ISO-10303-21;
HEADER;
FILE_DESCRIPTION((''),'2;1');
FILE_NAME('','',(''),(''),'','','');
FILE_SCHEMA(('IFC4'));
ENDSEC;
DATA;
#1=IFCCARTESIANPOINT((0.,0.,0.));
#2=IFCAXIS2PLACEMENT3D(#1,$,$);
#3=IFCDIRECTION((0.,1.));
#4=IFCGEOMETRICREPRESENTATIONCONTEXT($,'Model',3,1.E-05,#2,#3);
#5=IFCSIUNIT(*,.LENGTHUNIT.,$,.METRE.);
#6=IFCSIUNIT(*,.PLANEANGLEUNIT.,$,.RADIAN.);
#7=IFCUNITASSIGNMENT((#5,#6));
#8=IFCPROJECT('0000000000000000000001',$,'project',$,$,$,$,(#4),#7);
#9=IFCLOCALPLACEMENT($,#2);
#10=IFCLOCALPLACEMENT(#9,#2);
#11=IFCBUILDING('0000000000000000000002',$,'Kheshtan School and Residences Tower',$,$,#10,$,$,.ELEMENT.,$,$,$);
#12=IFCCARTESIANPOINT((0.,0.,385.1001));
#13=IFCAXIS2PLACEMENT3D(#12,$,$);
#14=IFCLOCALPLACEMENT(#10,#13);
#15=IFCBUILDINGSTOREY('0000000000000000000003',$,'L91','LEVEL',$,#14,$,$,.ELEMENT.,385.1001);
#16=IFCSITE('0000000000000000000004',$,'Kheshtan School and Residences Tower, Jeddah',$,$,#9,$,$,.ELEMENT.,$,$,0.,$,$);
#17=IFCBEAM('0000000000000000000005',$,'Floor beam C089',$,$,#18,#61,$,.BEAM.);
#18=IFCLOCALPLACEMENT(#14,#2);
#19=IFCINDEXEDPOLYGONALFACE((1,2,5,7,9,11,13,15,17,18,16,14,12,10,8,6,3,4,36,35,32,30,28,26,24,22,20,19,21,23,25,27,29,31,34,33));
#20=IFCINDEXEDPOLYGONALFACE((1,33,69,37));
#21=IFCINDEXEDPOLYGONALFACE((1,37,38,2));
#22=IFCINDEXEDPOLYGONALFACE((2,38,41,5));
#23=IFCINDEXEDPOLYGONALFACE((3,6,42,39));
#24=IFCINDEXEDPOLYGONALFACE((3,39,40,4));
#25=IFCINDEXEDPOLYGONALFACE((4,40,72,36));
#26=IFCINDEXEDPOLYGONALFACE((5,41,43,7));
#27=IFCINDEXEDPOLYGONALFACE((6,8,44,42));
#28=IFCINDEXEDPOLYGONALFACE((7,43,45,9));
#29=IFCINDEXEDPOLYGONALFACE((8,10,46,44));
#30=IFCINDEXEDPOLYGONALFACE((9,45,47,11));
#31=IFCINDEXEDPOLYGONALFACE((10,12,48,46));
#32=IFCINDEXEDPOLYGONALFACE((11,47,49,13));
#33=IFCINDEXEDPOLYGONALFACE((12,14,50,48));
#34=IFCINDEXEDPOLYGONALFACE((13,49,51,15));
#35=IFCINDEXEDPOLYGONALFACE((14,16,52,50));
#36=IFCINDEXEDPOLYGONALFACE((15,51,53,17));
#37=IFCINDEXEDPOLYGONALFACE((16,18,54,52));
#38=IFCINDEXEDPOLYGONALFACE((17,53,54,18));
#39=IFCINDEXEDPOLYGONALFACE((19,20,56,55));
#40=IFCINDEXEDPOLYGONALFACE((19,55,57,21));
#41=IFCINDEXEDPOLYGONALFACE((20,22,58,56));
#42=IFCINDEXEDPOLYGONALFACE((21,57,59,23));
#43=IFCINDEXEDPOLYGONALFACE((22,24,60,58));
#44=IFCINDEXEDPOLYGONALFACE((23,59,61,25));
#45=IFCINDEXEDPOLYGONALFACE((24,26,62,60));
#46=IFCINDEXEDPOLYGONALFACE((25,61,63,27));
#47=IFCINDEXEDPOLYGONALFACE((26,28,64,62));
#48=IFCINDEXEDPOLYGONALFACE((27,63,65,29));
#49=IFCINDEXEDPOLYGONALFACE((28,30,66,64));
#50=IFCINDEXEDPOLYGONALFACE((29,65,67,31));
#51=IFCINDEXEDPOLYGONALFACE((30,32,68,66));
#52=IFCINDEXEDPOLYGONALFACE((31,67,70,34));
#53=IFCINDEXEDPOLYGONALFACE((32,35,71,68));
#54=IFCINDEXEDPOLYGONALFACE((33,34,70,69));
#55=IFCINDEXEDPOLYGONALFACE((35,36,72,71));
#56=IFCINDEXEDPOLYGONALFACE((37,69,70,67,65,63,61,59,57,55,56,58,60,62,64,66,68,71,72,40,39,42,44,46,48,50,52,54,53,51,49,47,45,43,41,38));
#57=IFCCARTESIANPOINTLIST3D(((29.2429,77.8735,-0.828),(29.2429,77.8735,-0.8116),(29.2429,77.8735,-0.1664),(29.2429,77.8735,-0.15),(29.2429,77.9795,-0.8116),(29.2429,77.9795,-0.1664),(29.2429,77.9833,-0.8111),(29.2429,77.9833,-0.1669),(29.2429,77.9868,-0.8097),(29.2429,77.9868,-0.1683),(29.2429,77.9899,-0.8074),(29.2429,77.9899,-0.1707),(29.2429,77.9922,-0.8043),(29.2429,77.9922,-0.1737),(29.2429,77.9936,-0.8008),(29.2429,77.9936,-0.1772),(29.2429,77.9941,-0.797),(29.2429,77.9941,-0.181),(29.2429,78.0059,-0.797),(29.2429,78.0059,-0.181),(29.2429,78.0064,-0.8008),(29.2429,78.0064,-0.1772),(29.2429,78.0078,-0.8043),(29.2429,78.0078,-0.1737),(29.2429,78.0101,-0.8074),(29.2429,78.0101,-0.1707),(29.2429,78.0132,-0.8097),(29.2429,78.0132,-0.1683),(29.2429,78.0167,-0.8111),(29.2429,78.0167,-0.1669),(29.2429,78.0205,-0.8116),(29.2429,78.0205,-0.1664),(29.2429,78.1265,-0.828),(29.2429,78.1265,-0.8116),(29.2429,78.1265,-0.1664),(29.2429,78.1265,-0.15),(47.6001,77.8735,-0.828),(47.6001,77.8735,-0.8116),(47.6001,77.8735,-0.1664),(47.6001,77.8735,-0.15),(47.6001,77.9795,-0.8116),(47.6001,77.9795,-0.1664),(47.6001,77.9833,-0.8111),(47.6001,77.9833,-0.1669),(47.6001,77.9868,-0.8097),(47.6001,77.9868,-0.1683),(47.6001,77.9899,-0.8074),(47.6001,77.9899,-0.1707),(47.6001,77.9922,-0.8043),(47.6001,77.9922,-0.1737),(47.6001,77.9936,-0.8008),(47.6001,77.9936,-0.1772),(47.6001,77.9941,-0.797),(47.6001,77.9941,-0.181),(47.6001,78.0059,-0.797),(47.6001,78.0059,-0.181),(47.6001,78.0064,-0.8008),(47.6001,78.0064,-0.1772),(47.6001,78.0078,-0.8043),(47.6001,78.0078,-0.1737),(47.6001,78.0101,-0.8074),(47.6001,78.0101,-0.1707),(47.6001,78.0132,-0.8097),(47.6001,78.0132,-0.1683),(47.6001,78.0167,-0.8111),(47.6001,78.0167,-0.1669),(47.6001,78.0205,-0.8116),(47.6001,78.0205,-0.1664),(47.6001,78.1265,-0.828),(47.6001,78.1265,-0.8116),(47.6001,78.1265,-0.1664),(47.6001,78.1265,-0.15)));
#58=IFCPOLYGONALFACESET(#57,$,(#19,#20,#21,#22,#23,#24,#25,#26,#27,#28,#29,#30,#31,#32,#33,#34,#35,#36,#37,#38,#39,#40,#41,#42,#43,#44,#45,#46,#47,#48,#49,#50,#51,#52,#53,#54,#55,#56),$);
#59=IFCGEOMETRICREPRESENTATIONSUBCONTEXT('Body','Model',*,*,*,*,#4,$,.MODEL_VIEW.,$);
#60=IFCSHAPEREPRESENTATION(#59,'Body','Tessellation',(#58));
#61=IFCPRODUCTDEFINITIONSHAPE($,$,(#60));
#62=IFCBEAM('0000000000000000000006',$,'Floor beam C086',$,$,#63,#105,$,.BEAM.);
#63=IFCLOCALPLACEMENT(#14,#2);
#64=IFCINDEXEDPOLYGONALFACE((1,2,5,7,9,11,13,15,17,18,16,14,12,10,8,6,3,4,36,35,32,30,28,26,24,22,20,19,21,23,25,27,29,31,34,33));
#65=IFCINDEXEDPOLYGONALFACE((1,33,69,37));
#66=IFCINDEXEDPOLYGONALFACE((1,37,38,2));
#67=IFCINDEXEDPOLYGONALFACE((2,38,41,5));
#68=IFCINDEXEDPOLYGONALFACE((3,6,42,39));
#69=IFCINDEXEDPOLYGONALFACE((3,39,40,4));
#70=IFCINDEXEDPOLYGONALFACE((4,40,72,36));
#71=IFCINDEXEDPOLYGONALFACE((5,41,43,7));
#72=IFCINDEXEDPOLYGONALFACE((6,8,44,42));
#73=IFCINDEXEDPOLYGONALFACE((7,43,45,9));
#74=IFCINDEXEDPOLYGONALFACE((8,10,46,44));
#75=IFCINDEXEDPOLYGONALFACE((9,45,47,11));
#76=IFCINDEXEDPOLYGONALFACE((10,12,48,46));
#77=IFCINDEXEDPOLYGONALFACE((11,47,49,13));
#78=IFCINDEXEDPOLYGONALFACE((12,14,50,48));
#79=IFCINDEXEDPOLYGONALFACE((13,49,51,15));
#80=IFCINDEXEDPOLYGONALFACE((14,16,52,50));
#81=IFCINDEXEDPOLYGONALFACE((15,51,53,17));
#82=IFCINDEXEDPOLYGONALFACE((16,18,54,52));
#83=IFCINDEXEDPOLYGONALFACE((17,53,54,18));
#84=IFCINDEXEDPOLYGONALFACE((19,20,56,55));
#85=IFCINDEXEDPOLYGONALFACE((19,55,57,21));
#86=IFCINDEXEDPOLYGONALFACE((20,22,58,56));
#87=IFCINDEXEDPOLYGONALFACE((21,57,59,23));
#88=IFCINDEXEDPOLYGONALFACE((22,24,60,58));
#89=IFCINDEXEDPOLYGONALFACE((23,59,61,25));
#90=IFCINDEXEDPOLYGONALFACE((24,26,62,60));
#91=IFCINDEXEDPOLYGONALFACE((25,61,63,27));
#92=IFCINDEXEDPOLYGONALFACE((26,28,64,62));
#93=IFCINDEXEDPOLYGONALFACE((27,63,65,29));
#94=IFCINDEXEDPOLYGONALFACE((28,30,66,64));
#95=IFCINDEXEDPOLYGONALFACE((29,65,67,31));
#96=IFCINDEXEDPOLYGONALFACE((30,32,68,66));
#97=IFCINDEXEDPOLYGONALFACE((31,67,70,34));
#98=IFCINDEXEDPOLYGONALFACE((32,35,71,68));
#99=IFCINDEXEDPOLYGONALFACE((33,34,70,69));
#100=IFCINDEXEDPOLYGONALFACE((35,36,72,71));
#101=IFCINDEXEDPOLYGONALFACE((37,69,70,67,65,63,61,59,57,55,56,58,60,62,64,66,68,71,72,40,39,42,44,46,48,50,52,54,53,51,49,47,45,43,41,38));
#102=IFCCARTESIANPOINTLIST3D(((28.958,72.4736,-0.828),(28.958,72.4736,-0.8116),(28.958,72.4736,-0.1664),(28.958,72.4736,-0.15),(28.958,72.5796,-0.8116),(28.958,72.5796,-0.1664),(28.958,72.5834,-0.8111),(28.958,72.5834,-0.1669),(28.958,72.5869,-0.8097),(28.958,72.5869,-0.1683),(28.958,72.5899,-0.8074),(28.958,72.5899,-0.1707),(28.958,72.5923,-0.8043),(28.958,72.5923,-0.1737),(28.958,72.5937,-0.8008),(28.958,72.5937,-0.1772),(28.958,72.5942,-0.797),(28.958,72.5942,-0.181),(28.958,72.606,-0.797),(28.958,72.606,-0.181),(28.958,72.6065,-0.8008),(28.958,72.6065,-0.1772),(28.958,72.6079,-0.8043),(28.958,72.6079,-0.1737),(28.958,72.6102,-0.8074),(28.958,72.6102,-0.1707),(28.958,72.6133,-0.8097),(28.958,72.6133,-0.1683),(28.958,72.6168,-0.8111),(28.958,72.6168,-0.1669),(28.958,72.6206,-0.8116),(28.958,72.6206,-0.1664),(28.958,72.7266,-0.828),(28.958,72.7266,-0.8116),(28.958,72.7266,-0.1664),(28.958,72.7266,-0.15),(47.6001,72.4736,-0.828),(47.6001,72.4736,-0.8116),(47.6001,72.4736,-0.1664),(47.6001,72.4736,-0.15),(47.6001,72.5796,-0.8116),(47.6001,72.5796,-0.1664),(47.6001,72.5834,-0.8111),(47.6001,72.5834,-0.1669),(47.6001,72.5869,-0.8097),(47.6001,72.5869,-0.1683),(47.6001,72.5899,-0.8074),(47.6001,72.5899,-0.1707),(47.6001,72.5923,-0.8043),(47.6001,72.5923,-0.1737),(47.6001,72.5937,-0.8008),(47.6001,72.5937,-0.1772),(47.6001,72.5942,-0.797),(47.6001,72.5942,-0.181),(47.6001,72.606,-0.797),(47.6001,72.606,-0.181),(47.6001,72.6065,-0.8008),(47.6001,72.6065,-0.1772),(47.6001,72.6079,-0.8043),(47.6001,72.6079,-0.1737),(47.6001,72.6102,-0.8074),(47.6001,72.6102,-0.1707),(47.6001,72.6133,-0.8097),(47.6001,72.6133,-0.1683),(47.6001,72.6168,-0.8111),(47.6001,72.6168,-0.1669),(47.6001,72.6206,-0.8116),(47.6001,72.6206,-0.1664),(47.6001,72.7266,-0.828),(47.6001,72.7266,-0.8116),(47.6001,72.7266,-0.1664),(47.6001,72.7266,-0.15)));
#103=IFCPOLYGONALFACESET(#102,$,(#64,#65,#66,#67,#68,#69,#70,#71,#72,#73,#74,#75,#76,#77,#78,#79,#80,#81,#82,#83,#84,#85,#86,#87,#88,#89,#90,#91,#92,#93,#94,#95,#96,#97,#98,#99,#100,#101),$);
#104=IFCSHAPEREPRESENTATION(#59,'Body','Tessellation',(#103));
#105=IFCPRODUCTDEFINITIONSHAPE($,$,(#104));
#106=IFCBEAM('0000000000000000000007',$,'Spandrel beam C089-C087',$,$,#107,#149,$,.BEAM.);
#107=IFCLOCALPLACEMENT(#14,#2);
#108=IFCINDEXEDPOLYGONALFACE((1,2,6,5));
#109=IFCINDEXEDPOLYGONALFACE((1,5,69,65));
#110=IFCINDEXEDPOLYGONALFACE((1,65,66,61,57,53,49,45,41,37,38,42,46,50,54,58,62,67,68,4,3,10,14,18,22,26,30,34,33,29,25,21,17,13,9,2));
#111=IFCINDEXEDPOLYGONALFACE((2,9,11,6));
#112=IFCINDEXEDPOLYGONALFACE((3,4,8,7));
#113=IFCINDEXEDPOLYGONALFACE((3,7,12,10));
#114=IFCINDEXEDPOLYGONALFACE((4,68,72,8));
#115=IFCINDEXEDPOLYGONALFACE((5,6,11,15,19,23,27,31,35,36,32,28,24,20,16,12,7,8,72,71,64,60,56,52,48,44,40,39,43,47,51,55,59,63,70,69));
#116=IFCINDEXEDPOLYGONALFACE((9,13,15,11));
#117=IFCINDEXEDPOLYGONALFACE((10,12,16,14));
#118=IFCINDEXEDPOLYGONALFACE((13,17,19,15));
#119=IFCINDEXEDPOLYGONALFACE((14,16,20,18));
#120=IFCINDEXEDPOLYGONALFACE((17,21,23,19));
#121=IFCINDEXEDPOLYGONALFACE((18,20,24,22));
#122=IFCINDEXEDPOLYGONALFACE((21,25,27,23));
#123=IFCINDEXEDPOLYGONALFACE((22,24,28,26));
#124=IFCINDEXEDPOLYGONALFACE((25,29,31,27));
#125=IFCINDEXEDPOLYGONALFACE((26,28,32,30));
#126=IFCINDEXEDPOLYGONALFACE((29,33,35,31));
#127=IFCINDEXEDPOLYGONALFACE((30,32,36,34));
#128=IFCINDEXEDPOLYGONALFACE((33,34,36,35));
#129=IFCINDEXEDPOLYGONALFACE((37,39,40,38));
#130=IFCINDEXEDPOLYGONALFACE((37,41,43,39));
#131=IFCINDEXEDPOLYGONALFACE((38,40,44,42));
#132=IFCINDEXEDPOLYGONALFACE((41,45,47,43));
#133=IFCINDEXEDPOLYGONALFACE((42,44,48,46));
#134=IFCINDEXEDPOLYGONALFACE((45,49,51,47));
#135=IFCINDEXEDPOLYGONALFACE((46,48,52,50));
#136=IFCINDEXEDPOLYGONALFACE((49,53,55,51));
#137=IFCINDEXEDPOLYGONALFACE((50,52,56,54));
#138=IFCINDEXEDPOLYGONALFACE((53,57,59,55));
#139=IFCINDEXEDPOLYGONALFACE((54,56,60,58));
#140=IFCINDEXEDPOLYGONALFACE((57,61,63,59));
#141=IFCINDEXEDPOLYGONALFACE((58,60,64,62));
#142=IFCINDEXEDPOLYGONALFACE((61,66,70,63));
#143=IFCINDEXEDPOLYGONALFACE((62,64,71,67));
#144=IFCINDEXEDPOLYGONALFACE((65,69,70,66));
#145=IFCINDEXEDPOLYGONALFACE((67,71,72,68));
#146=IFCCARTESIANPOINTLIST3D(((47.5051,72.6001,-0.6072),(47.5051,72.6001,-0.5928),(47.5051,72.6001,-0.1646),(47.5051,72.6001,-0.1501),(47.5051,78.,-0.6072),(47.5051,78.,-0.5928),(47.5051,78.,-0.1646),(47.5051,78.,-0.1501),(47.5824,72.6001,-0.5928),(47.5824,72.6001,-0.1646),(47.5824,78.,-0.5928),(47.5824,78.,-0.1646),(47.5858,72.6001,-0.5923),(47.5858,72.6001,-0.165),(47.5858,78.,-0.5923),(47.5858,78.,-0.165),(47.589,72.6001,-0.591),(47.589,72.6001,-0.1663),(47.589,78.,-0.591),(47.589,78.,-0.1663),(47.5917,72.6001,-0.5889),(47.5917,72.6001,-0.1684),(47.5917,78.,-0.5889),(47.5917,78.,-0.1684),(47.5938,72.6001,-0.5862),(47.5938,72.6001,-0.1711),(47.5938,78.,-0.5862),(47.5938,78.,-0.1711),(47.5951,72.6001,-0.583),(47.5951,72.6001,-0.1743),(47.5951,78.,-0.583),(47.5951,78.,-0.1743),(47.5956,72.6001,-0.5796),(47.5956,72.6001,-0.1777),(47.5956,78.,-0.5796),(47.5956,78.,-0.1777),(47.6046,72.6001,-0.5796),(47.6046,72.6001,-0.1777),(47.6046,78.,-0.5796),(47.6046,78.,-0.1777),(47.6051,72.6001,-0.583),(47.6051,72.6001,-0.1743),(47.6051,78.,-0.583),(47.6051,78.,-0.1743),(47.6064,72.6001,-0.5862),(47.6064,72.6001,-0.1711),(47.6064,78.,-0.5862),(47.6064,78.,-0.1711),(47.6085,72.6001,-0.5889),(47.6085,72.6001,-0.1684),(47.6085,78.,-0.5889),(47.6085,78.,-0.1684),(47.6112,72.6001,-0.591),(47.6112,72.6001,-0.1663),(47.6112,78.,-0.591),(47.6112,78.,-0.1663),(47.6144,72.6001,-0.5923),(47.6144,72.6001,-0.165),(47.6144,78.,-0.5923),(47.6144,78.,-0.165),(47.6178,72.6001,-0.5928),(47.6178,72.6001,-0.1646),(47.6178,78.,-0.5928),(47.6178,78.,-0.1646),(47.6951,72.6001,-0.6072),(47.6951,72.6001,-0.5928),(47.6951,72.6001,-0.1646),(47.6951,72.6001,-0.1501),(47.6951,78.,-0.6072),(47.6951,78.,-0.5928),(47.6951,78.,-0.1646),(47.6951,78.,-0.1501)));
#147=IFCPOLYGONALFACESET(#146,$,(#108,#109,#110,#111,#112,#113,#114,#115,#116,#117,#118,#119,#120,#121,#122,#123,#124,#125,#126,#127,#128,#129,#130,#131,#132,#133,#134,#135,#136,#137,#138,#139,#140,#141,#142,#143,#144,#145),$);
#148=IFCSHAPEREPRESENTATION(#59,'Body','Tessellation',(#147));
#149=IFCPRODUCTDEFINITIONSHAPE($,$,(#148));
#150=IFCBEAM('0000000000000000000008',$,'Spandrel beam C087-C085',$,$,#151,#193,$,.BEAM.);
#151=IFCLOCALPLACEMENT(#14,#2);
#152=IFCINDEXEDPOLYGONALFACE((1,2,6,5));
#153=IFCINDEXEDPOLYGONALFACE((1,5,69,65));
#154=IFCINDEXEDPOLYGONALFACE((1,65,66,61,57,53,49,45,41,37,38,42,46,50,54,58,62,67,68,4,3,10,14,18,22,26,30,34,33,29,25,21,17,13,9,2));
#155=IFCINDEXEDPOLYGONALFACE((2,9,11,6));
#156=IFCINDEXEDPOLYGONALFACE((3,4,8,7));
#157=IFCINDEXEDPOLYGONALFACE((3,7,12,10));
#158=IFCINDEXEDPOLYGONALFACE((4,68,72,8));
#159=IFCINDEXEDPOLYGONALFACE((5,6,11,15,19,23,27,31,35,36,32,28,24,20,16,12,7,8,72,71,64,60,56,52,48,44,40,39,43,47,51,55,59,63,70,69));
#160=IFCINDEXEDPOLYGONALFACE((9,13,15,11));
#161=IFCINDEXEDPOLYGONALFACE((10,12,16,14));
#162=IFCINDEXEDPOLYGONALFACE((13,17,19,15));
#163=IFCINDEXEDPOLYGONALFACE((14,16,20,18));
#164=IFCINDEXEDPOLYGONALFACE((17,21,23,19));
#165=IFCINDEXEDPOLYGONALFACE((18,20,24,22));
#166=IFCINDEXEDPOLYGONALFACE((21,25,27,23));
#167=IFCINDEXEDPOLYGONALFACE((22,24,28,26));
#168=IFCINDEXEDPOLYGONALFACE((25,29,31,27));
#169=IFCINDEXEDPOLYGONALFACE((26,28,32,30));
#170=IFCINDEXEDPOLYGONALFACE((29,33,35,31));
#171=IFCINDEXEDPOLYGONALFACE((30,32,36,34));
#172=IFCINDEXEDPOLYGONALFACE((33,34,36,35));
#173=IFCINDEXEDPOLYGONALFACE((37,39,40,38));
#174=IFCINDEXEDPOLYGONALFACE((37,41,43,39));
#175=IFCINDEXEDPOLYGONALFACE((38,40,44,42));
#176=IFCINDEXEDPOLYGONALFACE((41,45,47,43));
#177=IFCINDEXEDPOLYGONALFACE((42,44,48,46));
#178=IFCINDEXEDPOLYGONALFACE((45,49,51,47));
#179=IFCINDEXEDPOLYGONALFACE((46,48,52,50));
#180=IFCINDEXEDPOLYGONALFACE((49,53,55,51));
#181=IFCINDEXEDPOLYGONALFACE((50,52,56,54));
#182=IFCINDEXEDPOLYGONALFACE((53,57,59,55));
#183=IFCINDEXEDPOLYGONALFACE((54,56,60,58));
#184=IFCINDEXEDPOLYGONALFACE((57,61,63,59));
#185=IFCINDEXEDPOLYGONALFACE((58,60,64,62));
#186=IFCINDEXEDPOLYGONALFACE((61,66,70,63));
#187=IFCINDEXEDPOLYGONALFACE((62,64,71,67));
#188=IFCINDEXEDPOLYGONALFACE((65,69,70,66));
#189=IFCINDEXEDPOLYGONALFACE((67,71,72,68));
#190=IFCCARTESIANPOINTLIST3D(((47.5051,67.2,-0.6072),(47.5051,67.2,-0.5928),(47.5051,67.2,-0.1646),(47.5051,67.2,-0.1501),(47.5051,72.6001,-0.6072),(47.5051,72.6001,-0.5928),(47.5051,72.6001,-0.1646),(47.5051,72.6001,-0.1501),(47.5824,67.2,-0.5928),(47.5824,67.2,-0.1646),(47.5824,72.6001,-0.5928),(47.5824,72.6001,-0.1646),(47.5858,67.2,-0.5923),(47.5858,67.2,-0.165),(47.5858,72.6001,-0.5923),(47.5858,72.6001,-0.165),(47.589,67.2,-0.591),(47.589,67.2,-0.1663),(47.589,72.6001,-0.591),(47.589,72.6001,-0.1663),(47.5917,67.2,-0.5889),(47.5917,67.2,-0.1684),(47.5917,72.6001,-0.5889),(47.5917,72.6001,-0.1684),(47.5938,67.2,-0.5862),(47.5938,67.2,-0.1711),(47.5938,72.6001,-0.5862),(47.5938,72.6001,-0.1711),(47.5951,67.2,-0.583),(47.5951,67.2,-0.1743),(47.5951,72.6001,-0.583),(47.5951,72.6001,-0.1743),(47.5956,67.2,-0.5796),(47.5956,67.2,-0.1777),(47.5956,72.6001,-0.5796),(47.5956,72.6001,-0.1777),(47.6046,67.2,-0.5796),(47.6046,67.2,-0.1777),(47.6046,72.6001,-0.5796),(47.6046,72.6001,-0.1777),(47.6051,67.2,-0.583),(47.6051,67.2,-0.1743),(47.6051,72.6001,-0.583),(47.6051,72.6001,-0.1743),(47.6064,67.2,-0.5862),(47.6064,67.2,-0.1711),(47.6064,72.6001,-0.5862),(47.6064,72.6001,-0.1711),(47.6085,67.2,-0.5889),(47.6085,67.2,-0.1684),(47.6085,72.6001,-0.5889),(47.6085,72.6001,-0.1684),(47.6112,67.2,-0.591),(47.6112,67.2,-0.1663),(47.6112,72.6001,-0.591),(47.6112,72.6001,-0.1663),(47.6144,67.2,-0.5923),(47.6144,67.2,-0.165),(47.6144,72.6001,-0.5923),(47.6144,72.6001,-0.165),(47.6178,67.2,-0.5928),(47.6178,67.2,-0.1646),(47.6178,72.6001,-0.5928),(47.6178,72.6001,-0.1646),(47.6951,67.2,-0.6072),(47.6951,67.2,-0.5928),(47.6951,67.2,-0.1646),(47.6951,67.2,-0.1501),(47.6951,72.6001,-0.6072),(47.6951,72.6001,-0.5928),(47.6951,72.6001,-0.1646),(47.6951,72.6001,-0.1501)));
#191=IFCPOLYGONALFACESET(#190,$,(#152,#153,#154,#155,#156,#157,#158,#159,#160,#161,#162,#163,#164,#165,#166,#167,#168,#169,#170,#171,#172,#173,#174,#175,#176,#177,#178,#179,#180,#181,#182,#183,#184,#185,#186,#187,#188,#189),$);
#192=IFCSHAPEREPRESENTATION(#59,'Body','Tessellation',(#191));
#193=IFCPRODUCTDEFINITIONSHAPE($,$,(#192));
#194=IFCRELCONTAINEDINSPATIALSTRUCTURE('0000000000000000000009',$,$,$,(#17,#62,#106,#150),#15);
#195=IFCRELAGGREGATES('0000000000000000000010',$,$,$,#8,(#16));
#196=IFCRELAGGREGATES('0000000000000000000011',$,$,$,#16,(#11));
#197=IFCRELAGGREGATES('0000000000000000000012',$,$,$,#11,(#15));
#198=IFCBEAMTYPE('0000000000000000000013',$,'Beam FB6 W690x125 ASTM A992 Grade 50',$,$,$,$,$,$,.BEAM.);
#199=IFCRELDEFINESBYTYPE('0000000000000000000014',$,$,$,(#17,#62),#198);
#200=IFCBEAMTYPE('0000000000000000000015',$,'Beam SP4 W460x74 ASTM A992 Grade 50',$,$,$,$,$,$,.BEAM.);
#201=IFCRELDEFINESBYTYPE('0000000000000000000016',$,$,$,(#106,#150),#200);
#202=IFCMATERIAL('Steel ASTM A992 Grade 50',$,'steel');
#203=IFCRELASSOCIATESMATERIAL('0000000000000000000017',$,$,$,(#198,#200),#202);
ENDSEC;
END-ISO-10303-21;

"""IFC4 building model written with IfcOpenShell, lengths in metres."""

from ifc_helpers import new_model, si_unit, direction, frame, origin, origin_2d, place, context, subcontext, project, spatial, i_section, extrude, material, material_profile, profile_set, type_object, element, save


model = new_model("IFC4")

# Units and contexts
model_context = context("Model", 3, precision=1e-05, world=origin(), true_north=direction((0.0, 1.0)))
body_context = subcontext(model_context, "Body", "Model", "MODEL_VIEW")
ifc_project = project(units=[si_unit("LENGTHUNIT", "METRE"), si_unit("PLANEANGLEUNIT", "RADIAN")], contexts=[model_context])

# Site, building, storey
site_placement = place(None, origin())
site = spatial("IfcSite", under=ifc_project, at=site_placement, Name="Kheshtan School and Residences Tower, Jeddah", CompositionType="ELEMENT", RefElevation=0.0)
building_placement = place(site_placement, origin())
building = spatial("IfcBuilding", under=site, at=building_placement, Name="Kheshtan School and Residences Tower", CompositionType="ELEMENT")
storey_placement = place(building_placement, frame((0.0, 0.0, 385.1001)))
storey = spatial("IfcBuildingStorey", under=building, at=storey_placement, Name="L91", Description="LEVEL", CompositionType="ELEMENT", Elevation=385.1001)

# Shared definitions
ifc_material_1 = material(Name="Steel ASTM A992 Grade 50", Category="steel")

# Beams
ifc_material_profile_1 = material_profile(ifc_material_1, i_section(OverallWidth=0.2529, OverallDepth=0.678, WebThickness=0.0117, FlangeThickness=0.0164, FilletRadius=0.0146, at=origin_2d()), Name="W690x125")
ifc_profile_set_1 = profile_set([ifc_material_profile_1], Name="Steel ASTM A992 Grade 50")
beam_type_1 = type_object("IfcBeamType", Name="Beam FB6 W690x125 ASTM A992 Grade 50", PredefinedType="BEAM", material=ifc_profile_set_1)
beam_1_placement = place(storey_placement, frame((47.6001, 78.0, -0.489), z_axis=(-1.0, 0.0, 0.0), x_axis=(0.0, -1.0, 0.0)))
element("IfcBeam", 1, at=beam_1_placement, inside=storey, type_object=beam_type_1, Name="Floor beam C089", PredefinedType="BEAM", context=body_context, shape_type="SweptSolid", body=[
    extrude(i_section(OverallWidth=0.2529, OverallDepth=0.678, WebThickness=0.0117, FlangeThickness=0.0164, FilletRadius=0.0146, at=origin_2d()), origin(), (0.0, 0.0, 1.0), 18.3572),
])
beam_2_placement = place(storey_placement, frame((28.958, 72.6001, -0.489), z_axis=(1.0, 0.0, 0.0), x_axis=(0.0, 1.0, 0.0)))
element("IfcBeam", 2, at=beam_2_placement, inside=storey, type_object=beam_type_1, Name="Floor beam C086", PredefinedType="BEAM", context=body_context, shape_type="SweptSolid", body=[
    extrude(i_section(OverallWidth=0.2529, OverallDepth=0.678, WebThickness=0.0117, FlangeThickness=0.0164, FilletRadius=0.0146, at=origin_2d()), origin(), (0.0, 0.0, 1.0), 18.6421),
])
ifc_material_profile_2 = material_profile(ifc_material_1, i_section(OverallWidth=0.1899, OverallDepth=0.457, WebThickness=0.009, FlangeThickness=0.0144, FilletRadius=0.0132, at=origin_2d()), Name="W460x74")
ifc_profile_set_2 = profile_set([ifc_material_profile_2], Name="Steel ASTM A992 Grade 50")
beam_type_2 = type_object("IfcBeamType", Name="Beam SP4 W460x74 ASTM A992 Grade 50", PredefinedType="BEAM", material=ifc_profile_set_2)
beam_3_placement = place(storey_placement, frame((47.6001, 78.0, -0.3787), z_axis=(0.0, -1.0, 0.0), x_axis=(1.0, 0.0, 0.0)))
element("IfcBeam", 3, at=beam_3_placement, inside=storey, type_object=beam_type_2, Name="Spandrel beam C089-C087", PredefinedType="BEAM", context=body_context, shape_type="SweptSolid", body=[
    extrude(i_section(OverallWidth=0.1899, OverallDepth=0.457, WebThickness=0.009, FlangeThickness=0.0144, FilletRadius=0.0132, at=origin_2d()), origin(), (0.0, 0.0, 1.0), 5.3999),
])
beam_4_placement = place(storey_placement, frame((47.6001, 72.6001, -0.3787), z_axis=(0.0, -1.0, 0.0), x_axis=(1.0, 0.0, 0.0)))
element("IfcBeam", 4, at=beam_4_placement, inside=storey, type_object=beam_type_2, Name="Spandrel beam C087-C085", PredefinedType="BEAM", context=body_context, shape_type="SweptSolid", body=[
    extrude(i_section(OverallWidth=0.1899, OverallDepth=0.457, WebThickness=0.009, FlangeThickness=0.0144, FilletRadius=0.0132, at=origin_2d()), origin(), (0.0, 0.0, 1.0), 5.4001),
])

save(model, "model.ifc")
